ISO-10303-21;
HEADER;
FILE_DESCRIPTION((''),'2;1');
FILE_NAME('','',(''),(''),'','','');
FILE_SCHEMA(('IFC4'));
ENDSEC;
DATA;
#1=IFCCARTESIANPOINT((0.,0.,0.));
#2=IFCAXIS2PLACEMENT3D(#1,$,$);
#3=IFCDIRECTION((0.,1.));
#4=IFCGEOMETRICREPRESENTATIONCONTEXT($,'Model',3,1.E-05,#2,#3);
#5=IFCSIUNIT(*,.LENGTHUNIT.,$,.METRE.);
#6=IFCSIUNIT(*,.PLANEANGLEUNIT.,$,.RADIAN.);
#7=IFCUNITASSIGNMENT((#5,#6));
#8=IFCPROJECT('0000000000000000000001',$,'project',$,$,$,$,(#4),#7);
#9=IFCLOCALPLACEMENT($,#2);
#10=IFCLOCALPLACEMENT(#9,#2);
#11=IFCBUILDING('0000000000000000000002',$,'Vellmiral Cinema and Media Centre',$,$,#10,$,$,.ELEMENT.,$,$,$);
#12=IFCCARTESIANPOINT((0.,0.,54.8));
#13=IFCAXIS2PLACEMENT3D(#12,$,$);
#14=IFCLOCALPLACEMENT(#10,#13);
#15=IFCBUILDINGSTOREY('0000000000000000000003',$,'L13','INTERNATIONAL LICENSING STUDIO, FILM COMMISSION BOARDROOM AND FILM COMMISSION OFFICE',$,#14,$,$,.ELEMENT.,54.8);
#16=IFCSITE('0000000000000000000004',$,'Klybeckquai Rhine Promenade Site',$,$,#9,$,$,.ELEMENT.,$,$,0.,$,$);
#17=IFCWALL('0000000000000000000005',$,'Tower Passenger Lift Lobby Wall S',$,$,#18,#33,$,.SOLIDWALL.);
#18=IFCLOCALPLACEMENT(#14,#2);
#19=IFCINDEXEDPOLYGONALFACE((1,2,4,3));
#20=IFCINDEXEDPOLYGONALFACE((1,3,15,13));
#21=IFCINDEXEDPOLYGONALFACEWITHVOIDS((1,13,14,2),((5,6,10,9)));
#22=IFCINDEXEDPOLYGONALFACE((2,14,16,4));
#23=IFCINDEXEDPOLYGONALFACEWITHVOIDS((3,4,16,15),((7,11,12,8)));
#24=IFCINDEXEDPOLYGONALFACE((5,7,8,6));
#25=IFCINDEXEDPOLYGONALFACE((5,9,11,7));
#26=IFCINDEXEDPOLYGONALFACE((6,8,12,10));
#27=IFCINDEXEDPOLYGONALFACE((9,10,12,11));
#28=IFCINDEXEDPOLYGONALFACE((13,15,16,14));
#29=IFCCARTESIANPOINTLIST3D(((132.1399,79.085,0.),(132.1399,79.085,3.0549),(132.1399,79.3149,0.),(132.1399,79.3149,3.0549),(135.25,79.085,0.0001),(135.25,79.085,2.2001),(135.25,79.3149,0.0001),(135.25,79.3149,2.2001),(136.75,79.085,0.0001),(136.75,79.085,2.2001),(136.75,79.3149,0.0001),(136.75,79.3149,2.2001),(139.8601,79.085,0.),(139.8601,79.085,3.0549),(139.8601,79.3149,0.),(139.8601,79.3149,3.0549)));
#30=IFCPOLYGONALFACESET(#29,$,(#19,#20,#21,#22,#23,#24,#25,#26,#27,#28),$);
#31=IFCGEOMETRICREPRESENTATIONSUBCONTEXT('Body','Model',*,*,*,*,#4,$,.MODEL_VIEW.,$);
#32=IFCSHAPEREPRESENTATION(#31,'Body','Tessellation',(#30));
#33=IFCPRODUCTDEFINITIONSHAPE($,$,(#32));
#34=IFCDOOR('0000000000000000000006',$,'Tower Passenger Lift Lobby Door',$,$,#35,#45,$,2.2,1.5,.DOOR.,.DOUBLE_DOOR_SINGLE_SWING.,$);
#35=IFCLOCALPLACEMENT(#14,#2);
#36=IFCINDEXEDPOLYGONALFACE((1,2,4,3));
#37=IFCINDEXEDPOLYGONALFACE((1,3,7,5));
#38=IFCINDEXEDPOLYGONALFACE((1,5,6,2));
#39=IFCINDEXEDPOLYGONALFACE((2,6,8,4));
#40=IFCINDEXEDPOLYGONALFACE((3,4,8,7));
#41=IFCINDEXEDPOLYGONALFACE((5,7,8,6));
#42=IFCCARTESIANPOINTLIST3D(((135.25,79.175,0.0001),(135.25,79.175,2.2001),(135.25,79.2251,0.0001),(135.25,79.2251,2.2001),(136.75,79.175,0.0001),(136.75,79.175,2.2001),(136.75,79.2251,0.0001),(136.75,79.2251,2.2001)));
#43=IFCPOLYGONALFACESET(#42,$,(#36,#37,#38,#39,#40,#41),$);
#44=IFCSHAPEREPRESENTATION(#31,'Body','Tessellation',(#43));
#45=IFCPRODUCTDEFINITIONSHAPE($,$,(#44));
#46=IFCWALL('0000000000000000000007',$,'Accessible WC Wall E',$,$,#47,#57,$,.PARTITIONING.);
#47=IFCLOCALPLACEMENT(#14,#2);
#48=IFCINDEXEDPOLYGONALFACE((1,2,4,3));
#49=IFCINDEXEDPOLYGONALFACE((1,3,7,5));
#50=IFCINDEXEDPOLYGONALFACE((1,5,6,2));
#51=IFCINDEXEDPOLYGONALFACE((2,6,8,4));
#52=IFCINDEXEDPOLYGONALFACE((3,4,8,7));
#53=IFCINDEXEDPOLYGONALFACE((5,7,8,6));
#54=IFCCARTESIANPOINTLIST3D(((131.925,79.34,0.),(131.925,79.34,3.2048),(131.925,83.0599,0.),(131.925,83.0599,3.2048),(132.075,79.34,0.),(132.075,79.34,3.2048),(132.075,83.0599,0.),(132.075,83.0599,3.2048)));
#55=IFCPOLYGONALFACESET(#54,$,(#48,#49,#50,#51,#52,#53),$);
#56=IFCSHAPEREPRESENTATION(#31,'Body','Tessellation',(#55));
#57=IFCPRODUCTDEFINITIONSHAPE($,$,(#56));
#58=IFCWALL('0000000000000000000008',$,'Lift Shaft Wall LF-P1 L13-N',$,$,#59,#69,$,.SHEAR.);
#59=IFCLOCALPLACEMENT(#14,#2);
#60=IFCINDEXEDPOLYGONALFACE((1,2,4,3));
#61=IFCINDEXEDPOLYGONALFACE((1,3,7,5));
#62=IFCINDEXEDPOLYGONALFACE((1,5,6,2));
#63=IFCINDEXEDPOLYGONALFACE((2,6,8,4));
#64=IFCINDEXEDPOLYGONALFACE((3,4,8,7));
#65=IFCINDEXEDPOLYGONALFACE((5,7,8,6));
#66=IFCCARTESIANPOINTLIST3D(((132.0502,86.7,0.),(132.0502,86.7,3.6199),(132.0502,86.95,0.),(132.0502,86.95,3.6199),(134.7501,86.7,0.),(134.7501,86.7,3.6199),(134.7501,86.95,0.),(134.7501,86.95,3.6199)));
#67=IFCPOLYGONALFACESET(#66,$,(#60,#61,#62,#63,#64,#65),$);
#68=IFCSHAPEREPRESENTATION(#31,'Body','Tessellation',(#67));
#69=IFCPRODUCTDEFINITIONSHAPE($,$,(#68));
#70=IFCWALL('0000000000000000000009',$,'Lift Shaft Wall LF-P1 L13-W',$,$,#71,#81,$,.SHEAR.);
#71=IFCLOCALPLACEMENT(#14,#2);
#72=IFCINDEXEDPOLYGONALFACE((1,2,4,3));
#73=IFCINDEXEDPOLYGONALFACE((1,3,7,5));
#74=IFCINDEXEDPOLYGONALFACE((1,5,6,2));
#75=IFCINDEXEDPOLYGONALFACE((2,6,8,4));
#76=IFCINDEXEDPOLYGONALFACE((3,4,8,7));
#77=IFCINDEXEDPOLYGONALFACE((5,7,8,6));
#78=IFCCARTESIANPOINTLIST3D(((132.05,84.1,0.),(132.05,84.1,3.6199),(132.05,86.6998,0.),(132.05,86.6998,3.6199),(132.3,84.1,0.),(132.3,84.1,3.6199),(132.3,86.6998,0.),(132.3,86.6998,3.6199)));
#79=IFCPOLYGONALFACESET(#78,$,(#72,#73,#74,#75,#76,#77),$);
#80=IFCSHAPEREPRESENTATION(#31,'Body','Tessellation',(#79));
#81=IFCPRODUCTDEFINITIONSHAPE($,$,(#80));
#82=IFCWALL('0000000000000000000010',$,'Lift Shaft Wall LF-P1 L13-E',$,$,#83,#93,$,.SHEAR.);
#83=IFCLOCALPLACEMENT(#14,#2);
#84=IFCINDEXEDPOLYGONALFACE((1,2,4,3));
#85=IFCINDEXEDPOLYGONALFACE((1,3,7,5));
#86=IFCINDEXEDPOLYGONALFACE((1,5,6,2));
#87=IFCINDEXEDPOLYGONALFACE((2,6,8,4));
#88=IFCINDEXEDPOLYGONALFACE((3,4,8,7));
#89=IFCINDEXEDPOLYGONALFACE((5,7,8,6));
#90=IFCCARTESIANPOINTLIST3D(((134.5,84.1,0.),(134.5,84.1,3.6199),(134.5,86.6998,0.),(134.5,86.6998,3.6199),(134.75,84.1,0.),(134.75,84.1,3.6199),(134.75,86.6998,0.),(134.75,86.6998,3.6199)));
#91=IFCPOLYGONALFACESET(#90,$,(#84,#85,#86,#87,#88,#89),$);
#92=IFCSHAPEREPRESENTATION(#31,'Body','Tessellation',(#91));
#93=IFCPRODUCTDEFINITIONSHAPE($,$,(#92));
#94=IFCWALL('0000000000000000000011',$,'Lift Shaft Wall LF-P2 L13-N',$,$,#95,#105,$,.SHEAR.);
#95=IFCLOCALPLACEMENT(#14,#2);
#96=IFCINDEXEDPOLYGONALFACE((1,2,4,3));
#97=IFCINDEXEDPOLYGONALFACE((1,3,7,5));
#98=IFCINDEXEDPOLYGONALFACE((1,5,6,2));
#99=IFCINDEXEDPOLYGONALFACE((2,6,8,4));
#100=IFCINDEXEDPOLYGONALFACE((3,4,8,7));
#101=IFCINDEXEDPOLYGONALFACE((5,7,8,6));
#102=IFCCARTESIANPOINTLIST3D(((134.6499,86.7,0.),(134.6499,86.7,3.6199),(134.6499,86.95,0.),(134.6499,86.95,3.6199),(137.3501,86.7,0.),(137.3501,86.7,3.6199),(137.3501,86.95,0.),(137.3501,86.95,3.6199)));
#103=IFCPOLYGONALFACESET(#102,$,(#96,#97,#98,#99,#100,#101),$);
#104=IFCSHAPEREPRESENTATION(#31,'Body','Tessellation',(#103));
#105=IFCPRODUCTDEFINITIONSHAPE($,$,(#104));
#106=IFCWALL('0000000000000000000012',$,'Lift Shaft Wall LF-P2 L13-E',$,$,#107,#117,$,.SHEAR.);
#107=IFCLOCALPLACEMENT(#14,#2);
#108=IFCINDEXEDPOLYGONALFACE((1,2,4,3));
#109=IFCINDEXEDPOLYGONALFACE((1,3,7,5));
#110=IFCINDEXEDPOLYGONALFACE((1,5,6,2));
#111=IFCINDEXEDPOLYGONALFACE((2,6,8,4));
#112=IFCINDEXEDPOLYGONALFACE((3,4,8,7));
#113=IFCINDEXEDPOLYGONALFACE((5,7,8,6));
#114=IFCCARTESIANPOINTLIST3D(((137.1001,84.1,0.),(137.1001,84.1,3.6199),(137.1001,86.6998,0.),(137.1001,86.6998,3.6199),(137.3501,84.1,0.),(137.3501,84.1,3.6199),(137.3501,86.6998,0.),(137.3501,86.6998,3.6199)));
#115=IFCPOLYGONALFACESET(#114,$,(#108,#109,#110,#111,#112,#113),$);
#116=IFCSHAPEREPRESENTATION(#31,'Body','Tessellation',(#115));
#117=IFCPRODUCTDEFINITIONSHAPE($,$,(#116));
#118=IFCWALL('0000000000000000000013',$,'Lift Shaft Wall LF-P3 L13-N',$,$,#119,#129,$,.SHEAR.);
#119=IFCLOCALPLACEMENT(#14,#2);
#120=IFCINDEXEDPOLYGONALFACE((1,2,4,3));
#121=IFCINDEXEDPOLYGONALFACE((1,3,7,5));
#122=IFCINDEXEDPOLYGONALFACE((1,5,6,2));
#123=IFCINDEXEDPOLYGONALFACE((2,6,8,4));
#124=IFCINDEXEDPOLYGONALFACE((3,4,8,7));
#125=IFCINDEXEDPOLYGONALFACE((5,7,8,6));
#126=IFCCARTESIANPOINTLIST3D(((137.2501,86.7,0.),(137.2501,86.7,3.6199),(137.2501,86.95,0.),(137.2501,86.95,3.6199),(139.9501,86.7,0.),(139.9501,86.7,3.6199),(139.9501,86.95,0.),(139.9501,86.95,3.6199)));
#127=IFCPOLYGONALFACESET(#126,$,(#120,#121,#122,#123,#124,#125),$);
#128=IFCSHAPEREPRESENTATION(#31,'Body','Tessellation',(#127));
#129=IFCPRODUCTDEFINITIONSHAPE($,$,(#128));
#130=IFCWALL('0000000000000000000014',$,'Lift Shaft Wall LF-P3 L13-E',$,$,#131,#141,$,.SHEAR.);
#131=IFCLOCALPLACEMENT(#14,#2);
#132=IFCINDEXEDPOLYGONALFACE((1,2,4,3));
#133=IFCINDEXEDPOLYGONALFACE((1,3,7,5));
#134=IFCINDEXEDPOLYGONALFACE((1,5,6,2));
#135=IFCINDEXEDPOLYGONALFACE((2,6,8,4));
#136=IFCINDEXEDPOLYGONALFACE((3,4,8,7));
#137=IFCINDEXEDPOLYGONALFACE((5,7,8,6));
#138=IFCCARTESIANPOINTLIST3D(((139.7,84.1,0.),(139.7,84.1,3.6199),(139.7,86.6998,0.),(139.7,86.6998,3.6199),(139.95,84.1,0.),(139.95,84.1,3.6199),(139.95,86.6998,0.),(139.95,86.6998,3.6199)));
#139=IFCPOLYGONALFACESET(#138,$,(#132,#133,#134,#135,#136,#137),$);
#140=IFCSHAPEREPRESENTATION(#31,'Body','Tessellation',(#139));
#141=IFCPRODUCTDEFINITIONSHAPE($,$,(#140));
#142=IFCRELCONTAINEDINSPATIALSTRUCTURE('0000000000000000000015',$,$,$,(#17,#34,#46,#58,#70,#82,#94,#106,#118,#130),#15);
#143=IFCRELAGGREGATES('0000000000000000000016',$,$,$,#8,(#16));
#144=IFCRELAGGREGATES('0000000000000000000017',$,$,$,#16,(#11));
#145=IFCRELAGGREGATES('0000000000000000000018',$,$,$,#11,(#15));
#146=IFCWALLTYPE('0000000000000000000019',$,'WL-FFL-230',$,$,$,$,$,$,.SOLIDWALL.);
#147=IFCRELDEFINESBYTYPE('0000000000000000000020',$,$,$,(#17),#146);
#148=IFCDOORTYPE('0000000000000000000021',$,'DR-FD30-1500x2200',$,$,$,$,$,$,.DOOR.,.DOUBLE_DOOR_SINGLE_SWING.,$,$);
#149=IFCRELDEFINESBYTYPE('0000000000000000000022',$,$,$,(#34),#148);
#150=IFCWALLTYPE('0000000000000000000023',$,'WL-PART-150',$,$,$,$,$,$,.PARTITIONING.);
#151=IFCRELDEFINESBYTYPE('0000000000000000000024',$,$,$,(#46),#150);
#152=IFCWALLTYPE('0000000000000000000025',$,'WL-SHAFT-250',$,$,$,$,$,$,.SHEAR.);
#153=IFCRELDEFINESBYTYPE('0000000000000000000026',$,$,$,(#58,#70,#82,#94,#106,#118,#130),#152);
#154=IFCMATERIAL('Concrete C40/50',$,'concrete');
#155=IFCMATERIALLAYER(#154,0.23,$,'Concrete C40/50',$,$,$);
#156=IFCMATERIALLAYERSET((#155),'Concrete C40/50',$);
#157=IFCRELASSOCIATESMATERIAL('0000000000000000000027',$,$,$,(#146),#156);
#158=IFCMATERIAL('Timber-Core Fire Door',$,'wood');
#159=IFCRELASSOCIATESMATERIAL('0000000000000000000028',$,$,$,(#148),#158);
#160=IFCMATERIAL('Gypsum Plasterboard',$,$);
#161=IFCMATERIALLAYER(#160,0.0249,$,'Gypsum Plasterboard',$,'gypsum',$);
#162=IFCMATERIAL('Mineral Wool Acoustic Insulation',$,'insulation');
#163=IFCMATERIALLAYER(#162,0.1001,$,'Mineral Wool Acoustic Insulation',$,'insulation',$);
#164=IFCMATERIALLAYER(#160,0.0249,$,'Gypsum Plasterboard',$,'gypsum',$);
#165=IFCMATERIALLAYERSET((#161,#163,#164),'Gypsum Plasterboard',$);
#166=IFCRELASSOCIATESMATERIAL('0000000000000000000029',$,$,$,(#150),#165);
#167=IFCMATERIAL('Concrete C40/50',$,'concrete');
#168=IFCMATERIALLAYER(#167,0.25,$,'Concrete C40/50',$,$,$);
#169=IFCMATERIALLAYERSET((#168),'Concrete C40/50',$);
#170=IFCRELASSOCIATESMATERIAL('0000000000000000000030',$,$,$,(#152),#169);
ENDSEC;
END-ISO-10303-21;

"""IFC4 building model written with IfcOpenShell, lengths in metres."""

from ifc_helpers import new_model, si_unit, direction, frame, frame_2d, origin, place, context, subcontext, project, spatial, rectangle, extrude, material, layer, layer_set, type_object, element, fill, save


model = new_model("IFC4")

# Units and contexts
model_context = context("Model", 3, precision=1e-05, world=origin(), true_north=direction((0.0, 1.0)))
body_context = subcontext(model_context, "Body", "Model", "MODEL_VIEW")
ifc_project = project(units=[si_unit("LENGTHUNIT", "METRE"), si_unit("PLANEANGLEUNIT", "RADIAN")], contexts=[model_context])

# Site, building, storey
site_placement = place(None, origin())
site = spatial("IfcSite", under=ifc_project, at=site_placement, Name="Klybeckquai Rhine Promenade Site", CompositionType="ELEMENT", RefElevation=0.0)
building_placement = place(site_placement, origin())
building = spatial("IfcBuilding", under=site, at=building_placement, Name="Vellmiral Cinema and Media Centre", CompositionType="ELEMENT")
storey_placement = place(building_placement, frame((0.0, 0.0, 54.8)))
storey = spatial("IfcBuildingStorey", under=building, at=storey_placement, Name="L13", Description="INTERNATIONAL LICENSING STUDIO, FILM COMMISSION BOARDROOM AND FILM COMMISSION OFFICE", CompositionType="ELEMENT", Elevation=54.8)

# Wall, opening, door
ifc_material_1 = material(Name="Concrete C40/50", Category="concrete")
ifc_layer_1 = layer(ifc_material_1, 0.23, Name="Concrete C40/50")
ifc_layer_set_1 = layer_set([ifc_layer_1], Name="Concrete C40/50")
wall_type_1 = type_object("IfcWallType", Name="WL-FFL-230", PredefinedType="SOLIDWALL", material=ifc_layer_set_1)
wall_1_placement = place(storey_placement, frame((132.1399, 79.2, 0.0), z_axis=(0.0, 0.0, 1.0), x_axis=(1.0, 0.0, 0.0)))
wall_1 = element("IfcWall", 1, at=wall_1_placement, inside=storey, type_object=wall_type_1, Name="Tower Passenger Lift Lobby Wall S", PredefinedType="SOLIDWALL", context=body_context, shape_type="SweptSolid", body=[
    extrude(rectangle(XDim=7.7202, YDim=0.23, at=frame_2d((3.8601, 0.0))), origin(), (0.0, 0.0, 1.0), 3.0549),
])
opening_1_placement = place(wall_1_placement, frame((3.1101, 0.0, 0.0)))
opening_1 = element("IfcOpeningElement", 2, at=opening_1_placement, cuts=wall_1, PredefinedType="OPENING", context=body_context, shape_type="SweptSolid", body=[
    extrude(rectangle(XDim=1.5, YDim=2.2, at=frame_2d((0.75, 1.1001))), frame((0.0, 0.127, 0.0), z_axis=(0.0, -1.0, 0.0), x_axis=(1.0, 0.0, 0.0)), (0.0, 0.0, 1.0), 0.2539),
])
ifc_material_2 = material(Name="Timber-Core Fire Door", Category="wood")
door_type_1 = type_object("IfcDoorType", Name="DR-FD30-1500x2200", OperationType="DOUBLE_DOOR_SINGLE_SWING", PredefinedType="DOOR", material=ifc_material_2)
door_1_placement = place(opening_1_placement, frame((1.5, 0.0, 0.0), z_axis=(0.0, 0.0, 1.0), x_axis=(-1.0, 0.0, 0.0)))
door_1 = element("IfcDoor", 3, at=door_1_placement, inside=storey, type_object=door_type_1, Name="Tower Passenger Lift Lobby Door", OperationType="DOUBLE_DOOR_SINGLE_SWING", OverallHeight=2.2, OverallWidth=1.5, PredefinedType="DOOR", context=body_context, shape_type="SweptSolid", body=[
    extrude(rectangle(XDim=1.5, YDim=2.2, at=frame_2d((0.75, 1.1001))), frame((0.0, 0.0249, 0.0), z_axis=(0.0, -1.0, 0.0), x_axis=(1.0, 0.0, 0.0)), (0.0, 0.0, 1.0), 0.05),
])
fill(opening_1, door_1)

# Wall
ifc_material_3 = material(Name="Gypsum Plasterboard")
ifc_layer_2 = layer(ifc_material_3, 0.0249, Name="Gypsum Plasterboard", Category="gypsum")
ifc_material_4 = material(Name="Mineral Wool Acoustic Insulation", Category="insulation")
ifc_layer_3 = layer(ifc_material_4, 0.1001, Name="Mineral Wool Acoustic Insulation", Category="insulation")
ifc_layer_4 = layer(ifc_material_3, 0.0249, Name="Gypsum Plasterboard", Category="gypsum")
ifc_layer_set_2 = layer_set([ifc_layer_2, ifc_layer_3, ifc_layer_4], Name="Gypsum Plasterboard")
wall_type_2 = type_object("IfcWallType", Name="WL-PART-150", PredefinedType="PARTITIONING", material=ifc_layer_set_2)
wall_2_placement = place(storey_placement, frame((132.0, 79.3401, 0.0), z_axis=(0.0, 0.0, 1.0), x_axis=(0.0, 1.0, 0.0)))
element("IfcWall", 4, at=wall_2_placement, inside=storey, type_object=wall_type_2, Name="Accessible WC Wall E", PredefinedType="PARTITIONING", context=body_context, shape_type="SweptSolid", body=[
    extrude(rectangle(XDim=3.72, YDim=0.1499, at=frame_2d((1.8599, 0.0))), origin(), (0.0, 0.0, 1.0), 3.2048),
])

# Shared definitions
ifc_material_5 = material(Name="Concrete C40/50", Category="concrete")
ifc_layer_5 = layer(ifc_material_5, 0.25, Name="Concrete C40/50")
ifc_layer_set_3 = layer_set([ifc_layer_5], Name="Concrete C40/50")
wall_type_3 = type_object("IfcWallType", Name="WL-SHAFT-250", PredefinedType="SHEAR", material=ifc_layer_set_3)

# Walls
wall_3_placement = place(storey_placement, frame((132.05, 86.825, 0.0), z_axis=(0.0, 0.0, 1.0), x_axis=(1.0, 0.0, 0.0)))
element("IfcWall", 5, at=wall_3_placement, inside=storey, type_object=wall_type_3, Name="Lift Shaft Wall LF-P1 L13-N", PredefinedType="SHEAR", context=body_context, shape_type="SweptSolid", body=[
    extrude(rectangle(XDim=2.7, YDim=0.25, at=frame_2d((1.3501, 0.0))), origin(), (0.0, 0.0, 1.0), 3.6199),
])
for number, where, z_axis, x_axis, name in (
    (6, (132.175, 84.1001, 0.0), (0.0, 0.0, 1.0), (0.0, 1.0, 0.0), "Lift Shaft Wall LF-P1 L13-W"),
    (7, (134.625, 84.1001, 0.0), (0.0, 0.0, 1.0), (0.0, 1.0, 0.0), "Lift Shaft Wall LF-P1 L13-E"),
):
    element("IfcWall", number, at=place(storey_placement, frame(where, z_axis=z_axis, x_axis=x_axis)), inside=storey, type_object=wall_type_3, Name=name, PredefinedType="SHEAR", context=body_context, shape_type="SweptSolid", body=[
        extrude(rectangle(XDim=2.5999, YDim=0.25, at=frame_2d((1.2998, 0.0))), origin(), (0.0, 0.0, 1.0), 3.6199),
    ])

# Walls
wall_4_placement = place(storey_placement, frame((134.6499, 86.825, 0.0), z_axis=(0.0, 0.0, 1.0), x_axis=(1.0, 0.0, 0.0)))
element("IfcWall", 8, at=wall_4_placement, inside=storey, type_object=wall_type_3, Name="Lift Shaft Wall LF-P2 L13-N", PredefinedType="SHEAR", context=body_context, shape_type="SweptSolid", body=[
    extrude(rectangle(XDim=2.7002, YDim=0.25, at=frame_2d((1.3501, 0.0))), origin(), (0.0, 0.0, 1.0), 3.6199),
])
wall_5_placement = place(storey_placement, frame((137.2251, 84.1001, 0.0), z_axis=(0.0, 0.0, 1.0), x_axis=(0.0, 1.0, 0.0)))
element("IfcWall", 9, at=wall_5_placement, inside=storey, type_object=wall_type_3, Name="Lift Shaft Wall LF-P2 L13-E", PredefinedType="SHEAR", context=body_context, shape_type="SweptSolid", body=[
    extrude(rectangle(XDim=2.5999, YDim=0.25, at=frame_2d((1.2998, 0.0))), origin(), (0.0, 0.0, 1.0), 3.6199),
])

# Walls
wall_6_placement = place(storey_placement, frame((137.25, 86.825, 0.0), z_axis=(0.0, 0.0, 1.0), x_axis=(1.0, 0.0, 0.0)))
element("IfcWall", 10, at=wall_6_placement, inside=storey, type_object=wall_type_3, Name="Lift Shaft Wall LF-P3 L13-N", PredefinedType="SHEAR", context=body_context, shape_type="SweptSolid", body=[
    extrude(rectangle(XDim=2.7, YDim=0.25, at=frame_2d((1.3501, 0.0))), origin(), (0.0, 0.0, 1.0), 3.6199),
])
wall_7_placement = place(storey_placement, frame((139.825, 84.1001, 0.0), z_axis=(0.0, 0.0, 1.0), x_axis=(0.0, 1.0, 0.0)))
element("IfcWall", 11, at=wall_7_placement, inside=storey, type_object=wall_type_3, Name="Lift Shaft Wall LF-P3 L13-E", PredefinedType="SHEAR", context=body_context, shape_type="SweptSolid", body=[
    extrude(rectangle(XDim=2.5999, YDim=0.25, at=frame_2d((1.2998, 0.0))), origin(), (0.0, 0.0, 1.0), 3.6199),
])

save(model, "model.ifc")
